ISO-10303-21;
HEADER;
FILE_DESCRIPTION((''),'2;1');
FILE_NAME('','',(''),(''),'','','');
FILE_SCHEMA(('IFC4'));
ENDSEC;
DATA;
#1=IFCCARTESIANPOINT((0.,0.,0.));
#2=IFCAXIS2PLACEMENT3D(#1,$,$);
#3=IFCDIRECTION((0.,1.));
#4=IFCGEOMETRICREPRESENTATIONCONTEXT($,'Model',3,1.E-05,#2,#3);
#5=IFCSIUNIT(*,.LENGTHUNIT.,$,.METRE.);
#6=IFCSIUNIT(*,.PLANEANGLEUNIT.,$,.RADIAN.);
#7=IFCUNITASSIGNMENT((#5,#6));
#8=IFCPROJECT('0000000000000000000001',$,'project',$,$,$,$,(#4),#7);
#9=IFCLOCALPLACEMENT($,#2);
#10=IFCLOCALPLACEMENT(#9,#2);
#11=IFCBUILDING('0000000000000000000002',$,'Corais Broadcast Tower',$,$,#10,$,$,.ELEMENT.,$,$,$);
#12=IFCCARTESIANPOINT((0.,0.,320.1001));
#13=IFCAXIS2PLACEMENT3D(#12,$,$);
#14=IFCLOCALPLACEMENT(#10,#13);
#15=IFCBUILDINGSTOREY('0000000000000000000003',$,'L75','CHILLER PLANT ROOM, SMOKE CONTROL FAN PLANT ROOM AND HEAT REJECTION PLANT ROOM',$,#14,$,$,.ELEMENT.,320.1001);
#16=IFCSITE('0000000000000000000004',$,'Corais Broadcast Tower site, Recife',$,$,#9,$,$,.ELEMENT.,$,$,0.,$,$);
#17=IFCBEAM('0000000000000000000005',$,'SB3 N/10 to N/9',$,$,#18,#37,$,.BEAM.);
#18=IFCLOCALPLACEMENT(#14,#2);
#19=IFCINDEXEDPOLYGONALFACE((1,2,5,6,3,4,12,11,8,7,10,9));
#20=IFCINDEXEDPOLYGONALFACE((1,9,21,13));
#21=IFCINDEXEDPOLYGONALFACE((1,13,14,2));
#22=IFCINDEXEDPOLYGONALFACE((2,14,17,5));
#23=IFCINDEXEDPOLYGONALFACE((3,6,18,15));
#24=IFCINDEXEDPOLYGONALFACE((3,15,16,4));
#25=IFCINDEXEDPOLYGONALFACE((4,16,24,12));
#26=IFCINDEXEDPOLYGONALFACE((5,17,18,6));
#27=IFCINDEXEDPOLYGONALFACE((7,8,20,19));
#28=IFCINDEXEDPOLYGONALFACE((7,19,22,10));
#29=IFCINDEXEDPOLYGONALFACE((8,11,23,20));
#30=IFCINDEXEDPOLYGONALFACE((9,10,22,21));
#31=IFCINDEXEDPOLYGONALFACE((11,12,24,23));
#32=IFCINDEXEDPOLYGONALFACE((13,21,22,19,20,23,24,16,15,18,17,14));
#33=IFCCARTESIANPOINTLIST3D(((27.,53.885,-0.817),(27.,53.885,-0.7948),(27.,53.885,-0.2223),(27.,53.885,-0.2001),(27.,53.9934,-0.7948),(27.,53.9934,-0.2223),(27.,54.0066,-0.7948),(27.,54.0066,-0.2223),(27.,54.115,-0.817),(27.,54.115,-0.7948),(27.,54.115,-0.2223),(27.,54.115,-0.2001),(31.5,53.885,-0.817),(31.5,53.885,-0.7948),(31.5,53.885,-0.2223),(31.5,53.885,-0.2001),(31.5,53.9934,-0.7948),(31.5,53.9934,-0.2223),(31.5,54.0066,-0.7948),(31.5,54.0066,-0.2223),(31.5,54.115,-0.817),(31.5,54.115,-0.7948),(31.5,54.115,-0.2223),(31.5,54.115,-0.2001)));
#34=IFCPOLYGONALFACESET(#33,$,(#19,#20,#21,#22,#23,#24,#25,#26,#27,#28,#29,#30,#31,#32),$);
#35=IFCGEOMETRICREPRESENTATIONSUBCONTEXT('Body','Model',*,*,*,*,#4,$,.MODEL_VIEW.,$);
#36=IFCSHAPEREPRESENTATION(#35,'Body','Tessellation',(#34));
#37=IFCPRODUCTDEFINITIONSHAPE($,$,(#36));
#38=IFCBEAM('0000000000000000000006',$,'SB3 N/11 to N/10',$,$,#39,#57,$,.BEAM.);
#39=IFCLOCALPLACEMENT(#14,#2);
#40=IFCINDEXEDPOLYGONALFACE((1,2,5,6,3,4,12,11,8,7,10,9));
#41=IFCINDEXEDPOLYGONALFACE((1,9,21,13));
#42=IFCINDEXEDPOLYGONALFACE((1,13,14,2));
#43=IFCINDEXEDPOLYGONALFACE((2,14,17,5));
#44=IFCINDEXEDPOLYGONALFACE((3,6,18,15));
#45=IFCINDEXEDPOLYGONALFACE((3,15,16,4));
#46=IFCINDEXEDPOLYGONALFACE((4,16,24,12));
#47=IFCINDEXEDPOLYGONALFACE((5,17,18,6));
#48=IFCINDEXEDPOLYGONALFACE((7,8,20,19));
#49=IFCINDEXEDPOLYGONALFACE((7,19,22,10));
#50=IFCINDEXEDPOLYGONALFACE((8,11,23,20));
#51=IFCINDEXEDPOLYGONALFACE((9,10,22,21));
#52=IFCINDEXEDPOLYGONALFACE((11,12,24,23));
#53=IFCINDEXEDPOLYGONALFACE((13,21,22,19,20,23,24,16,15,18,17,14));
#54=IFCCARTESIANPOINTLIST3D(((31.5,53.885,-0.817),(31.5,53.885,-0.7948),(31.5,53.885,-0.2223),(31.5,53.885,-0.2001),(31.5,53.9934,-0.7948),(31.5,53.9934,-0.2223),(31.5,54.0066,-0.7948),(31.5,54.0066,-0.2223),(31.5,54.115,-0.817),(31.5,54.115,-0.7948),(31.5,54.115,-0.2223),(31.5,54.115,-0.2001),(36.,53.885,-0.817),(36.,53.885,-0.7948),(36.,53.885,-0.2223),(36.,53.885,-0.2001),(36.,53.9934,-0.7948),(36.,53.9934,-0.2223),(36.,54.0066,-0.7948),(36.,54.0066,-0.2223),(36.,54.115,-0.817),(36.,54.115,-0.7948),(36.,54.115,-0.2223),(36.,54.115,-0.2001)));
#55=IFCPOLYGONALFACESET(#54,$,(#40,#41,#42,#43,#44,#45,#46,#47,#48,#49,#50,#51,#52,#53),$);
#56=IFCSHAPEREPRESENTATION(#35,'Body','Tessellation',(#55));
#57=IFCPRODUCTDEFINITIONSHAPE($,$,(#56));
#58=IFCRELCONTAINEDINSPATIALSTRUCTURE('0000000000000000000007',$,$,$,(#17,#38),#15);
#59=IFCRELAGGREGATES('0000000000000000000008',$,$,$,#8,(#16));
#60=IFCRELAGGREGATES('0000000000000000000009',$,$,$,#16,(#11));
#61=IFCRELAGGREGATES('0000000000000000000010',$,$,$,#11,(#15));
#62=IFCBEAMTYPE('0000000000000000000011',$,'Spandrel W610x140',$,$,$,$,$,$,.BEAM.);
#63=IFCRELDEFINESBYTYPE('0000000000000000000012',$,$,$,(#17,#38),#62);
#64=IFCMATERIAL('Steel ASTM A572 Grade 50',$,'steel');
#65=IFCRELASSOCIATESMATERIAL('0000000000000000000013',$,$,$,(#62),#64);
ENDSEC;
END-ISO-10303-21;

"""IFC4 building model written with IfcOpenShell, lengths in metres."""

from ifc_helpers import new_model, si_unit, direction, frame, origin, origin_2d, place, context, subcontext, project, spatial, i_section, extrude, material, material_profile, profile_set, type_object, element, save


model = new_model("IFC4")

# Units and contexts
model_context = context("Model", 3, precision=1e-05, world=origin(), true_north=direction((0.0, 1.0)))
body_context = subcontext(model_context, "Body", "Model", "MODEL_VIEW")
ifc_project = project(units=[si_unit("LENGTHUNIT", "METRE"), si_unit("PLANEANGLEUNIT", "RADIAN")], contexts=[model_context])

# Site, building, storey
site_placement = place(None, origin())
site = spatial("IfcSite", under=ifc_project, at=site_placement, Name="Corais Broadcast Tower site, Recife", CompositionType="ELEMENT", RefElevation=0.0)
building_placement = place(site_placement, origin())
building = spatial("IfcBuilding", under=site, at=building_placement, Name="Corais Broadcast Tower", CompositionType="ELEMENT")
storey_placement = place(building_placement, frame((0.0, 0.0, 320.1001)))
storey = spatial("IfcBuildingStorey", under=building, at=storey_placement, Name="L75", Description="CHILLER PLANT ROOM, SMOKE CONTROL FAN PLANT ROOM AND HEAT REJECTION PLANT ROOM", CompositionType="ELEMENT", Elevation=320.1001)

# Beams
ifc_material_1 = material(Name="Steel ASTM A572 Grade 50", Category="steel")
ifc_material_profile_1 = material_profile(ifc_material_1, i_section(OverallWidth=0.23, OverallDepth=0.6169, WebThickness=0.0132, FlangeThickness=0.0222, at=origin_2d()), Name="W610x140")
ifc_profile_set_1 = profile_set([ifc_material_profile_1], Name="Steel ASTM A572 Grade 50")
beam_type_1 = type_object("IfcBeamType", Name="Spandrel W610x140", PredefinedType="BEAM", material=ifc_profile_set_1)
for number, where, z_axis, x_axis, name in (
    (1, (31.5, 54.0, -0.5085), (-1.0, 0.0, 0.0), (0.0, -1.0, 0.0), "SB3 N/10 to N/9"),
    (2, (36.0, 54.0, -0.5085), (-1.0, 0.0, 0.0), (0.0, -1.0, 0.0), "SB3 N/11 to N/10"),
):
    element("IfcBeam", number, at=place(storey_placement, frame(where, z_axis=z_axis, x_axis=x_axis)), inside=storey, type_object=beam_type_1, Name=name, PredefinedType="BEAM", context=body_context, shape_type="SweptSolid", body=[
        extrude(i_section(OverallWidth=0.23, OverallDepth=0.6169, WebThickness=0.0132, FlangeThickness=0.0222, at=origin_2d()), origin(), (0.0, 0.0, 1.0), 4.5),
    ])

save(model, "model.ifc")
